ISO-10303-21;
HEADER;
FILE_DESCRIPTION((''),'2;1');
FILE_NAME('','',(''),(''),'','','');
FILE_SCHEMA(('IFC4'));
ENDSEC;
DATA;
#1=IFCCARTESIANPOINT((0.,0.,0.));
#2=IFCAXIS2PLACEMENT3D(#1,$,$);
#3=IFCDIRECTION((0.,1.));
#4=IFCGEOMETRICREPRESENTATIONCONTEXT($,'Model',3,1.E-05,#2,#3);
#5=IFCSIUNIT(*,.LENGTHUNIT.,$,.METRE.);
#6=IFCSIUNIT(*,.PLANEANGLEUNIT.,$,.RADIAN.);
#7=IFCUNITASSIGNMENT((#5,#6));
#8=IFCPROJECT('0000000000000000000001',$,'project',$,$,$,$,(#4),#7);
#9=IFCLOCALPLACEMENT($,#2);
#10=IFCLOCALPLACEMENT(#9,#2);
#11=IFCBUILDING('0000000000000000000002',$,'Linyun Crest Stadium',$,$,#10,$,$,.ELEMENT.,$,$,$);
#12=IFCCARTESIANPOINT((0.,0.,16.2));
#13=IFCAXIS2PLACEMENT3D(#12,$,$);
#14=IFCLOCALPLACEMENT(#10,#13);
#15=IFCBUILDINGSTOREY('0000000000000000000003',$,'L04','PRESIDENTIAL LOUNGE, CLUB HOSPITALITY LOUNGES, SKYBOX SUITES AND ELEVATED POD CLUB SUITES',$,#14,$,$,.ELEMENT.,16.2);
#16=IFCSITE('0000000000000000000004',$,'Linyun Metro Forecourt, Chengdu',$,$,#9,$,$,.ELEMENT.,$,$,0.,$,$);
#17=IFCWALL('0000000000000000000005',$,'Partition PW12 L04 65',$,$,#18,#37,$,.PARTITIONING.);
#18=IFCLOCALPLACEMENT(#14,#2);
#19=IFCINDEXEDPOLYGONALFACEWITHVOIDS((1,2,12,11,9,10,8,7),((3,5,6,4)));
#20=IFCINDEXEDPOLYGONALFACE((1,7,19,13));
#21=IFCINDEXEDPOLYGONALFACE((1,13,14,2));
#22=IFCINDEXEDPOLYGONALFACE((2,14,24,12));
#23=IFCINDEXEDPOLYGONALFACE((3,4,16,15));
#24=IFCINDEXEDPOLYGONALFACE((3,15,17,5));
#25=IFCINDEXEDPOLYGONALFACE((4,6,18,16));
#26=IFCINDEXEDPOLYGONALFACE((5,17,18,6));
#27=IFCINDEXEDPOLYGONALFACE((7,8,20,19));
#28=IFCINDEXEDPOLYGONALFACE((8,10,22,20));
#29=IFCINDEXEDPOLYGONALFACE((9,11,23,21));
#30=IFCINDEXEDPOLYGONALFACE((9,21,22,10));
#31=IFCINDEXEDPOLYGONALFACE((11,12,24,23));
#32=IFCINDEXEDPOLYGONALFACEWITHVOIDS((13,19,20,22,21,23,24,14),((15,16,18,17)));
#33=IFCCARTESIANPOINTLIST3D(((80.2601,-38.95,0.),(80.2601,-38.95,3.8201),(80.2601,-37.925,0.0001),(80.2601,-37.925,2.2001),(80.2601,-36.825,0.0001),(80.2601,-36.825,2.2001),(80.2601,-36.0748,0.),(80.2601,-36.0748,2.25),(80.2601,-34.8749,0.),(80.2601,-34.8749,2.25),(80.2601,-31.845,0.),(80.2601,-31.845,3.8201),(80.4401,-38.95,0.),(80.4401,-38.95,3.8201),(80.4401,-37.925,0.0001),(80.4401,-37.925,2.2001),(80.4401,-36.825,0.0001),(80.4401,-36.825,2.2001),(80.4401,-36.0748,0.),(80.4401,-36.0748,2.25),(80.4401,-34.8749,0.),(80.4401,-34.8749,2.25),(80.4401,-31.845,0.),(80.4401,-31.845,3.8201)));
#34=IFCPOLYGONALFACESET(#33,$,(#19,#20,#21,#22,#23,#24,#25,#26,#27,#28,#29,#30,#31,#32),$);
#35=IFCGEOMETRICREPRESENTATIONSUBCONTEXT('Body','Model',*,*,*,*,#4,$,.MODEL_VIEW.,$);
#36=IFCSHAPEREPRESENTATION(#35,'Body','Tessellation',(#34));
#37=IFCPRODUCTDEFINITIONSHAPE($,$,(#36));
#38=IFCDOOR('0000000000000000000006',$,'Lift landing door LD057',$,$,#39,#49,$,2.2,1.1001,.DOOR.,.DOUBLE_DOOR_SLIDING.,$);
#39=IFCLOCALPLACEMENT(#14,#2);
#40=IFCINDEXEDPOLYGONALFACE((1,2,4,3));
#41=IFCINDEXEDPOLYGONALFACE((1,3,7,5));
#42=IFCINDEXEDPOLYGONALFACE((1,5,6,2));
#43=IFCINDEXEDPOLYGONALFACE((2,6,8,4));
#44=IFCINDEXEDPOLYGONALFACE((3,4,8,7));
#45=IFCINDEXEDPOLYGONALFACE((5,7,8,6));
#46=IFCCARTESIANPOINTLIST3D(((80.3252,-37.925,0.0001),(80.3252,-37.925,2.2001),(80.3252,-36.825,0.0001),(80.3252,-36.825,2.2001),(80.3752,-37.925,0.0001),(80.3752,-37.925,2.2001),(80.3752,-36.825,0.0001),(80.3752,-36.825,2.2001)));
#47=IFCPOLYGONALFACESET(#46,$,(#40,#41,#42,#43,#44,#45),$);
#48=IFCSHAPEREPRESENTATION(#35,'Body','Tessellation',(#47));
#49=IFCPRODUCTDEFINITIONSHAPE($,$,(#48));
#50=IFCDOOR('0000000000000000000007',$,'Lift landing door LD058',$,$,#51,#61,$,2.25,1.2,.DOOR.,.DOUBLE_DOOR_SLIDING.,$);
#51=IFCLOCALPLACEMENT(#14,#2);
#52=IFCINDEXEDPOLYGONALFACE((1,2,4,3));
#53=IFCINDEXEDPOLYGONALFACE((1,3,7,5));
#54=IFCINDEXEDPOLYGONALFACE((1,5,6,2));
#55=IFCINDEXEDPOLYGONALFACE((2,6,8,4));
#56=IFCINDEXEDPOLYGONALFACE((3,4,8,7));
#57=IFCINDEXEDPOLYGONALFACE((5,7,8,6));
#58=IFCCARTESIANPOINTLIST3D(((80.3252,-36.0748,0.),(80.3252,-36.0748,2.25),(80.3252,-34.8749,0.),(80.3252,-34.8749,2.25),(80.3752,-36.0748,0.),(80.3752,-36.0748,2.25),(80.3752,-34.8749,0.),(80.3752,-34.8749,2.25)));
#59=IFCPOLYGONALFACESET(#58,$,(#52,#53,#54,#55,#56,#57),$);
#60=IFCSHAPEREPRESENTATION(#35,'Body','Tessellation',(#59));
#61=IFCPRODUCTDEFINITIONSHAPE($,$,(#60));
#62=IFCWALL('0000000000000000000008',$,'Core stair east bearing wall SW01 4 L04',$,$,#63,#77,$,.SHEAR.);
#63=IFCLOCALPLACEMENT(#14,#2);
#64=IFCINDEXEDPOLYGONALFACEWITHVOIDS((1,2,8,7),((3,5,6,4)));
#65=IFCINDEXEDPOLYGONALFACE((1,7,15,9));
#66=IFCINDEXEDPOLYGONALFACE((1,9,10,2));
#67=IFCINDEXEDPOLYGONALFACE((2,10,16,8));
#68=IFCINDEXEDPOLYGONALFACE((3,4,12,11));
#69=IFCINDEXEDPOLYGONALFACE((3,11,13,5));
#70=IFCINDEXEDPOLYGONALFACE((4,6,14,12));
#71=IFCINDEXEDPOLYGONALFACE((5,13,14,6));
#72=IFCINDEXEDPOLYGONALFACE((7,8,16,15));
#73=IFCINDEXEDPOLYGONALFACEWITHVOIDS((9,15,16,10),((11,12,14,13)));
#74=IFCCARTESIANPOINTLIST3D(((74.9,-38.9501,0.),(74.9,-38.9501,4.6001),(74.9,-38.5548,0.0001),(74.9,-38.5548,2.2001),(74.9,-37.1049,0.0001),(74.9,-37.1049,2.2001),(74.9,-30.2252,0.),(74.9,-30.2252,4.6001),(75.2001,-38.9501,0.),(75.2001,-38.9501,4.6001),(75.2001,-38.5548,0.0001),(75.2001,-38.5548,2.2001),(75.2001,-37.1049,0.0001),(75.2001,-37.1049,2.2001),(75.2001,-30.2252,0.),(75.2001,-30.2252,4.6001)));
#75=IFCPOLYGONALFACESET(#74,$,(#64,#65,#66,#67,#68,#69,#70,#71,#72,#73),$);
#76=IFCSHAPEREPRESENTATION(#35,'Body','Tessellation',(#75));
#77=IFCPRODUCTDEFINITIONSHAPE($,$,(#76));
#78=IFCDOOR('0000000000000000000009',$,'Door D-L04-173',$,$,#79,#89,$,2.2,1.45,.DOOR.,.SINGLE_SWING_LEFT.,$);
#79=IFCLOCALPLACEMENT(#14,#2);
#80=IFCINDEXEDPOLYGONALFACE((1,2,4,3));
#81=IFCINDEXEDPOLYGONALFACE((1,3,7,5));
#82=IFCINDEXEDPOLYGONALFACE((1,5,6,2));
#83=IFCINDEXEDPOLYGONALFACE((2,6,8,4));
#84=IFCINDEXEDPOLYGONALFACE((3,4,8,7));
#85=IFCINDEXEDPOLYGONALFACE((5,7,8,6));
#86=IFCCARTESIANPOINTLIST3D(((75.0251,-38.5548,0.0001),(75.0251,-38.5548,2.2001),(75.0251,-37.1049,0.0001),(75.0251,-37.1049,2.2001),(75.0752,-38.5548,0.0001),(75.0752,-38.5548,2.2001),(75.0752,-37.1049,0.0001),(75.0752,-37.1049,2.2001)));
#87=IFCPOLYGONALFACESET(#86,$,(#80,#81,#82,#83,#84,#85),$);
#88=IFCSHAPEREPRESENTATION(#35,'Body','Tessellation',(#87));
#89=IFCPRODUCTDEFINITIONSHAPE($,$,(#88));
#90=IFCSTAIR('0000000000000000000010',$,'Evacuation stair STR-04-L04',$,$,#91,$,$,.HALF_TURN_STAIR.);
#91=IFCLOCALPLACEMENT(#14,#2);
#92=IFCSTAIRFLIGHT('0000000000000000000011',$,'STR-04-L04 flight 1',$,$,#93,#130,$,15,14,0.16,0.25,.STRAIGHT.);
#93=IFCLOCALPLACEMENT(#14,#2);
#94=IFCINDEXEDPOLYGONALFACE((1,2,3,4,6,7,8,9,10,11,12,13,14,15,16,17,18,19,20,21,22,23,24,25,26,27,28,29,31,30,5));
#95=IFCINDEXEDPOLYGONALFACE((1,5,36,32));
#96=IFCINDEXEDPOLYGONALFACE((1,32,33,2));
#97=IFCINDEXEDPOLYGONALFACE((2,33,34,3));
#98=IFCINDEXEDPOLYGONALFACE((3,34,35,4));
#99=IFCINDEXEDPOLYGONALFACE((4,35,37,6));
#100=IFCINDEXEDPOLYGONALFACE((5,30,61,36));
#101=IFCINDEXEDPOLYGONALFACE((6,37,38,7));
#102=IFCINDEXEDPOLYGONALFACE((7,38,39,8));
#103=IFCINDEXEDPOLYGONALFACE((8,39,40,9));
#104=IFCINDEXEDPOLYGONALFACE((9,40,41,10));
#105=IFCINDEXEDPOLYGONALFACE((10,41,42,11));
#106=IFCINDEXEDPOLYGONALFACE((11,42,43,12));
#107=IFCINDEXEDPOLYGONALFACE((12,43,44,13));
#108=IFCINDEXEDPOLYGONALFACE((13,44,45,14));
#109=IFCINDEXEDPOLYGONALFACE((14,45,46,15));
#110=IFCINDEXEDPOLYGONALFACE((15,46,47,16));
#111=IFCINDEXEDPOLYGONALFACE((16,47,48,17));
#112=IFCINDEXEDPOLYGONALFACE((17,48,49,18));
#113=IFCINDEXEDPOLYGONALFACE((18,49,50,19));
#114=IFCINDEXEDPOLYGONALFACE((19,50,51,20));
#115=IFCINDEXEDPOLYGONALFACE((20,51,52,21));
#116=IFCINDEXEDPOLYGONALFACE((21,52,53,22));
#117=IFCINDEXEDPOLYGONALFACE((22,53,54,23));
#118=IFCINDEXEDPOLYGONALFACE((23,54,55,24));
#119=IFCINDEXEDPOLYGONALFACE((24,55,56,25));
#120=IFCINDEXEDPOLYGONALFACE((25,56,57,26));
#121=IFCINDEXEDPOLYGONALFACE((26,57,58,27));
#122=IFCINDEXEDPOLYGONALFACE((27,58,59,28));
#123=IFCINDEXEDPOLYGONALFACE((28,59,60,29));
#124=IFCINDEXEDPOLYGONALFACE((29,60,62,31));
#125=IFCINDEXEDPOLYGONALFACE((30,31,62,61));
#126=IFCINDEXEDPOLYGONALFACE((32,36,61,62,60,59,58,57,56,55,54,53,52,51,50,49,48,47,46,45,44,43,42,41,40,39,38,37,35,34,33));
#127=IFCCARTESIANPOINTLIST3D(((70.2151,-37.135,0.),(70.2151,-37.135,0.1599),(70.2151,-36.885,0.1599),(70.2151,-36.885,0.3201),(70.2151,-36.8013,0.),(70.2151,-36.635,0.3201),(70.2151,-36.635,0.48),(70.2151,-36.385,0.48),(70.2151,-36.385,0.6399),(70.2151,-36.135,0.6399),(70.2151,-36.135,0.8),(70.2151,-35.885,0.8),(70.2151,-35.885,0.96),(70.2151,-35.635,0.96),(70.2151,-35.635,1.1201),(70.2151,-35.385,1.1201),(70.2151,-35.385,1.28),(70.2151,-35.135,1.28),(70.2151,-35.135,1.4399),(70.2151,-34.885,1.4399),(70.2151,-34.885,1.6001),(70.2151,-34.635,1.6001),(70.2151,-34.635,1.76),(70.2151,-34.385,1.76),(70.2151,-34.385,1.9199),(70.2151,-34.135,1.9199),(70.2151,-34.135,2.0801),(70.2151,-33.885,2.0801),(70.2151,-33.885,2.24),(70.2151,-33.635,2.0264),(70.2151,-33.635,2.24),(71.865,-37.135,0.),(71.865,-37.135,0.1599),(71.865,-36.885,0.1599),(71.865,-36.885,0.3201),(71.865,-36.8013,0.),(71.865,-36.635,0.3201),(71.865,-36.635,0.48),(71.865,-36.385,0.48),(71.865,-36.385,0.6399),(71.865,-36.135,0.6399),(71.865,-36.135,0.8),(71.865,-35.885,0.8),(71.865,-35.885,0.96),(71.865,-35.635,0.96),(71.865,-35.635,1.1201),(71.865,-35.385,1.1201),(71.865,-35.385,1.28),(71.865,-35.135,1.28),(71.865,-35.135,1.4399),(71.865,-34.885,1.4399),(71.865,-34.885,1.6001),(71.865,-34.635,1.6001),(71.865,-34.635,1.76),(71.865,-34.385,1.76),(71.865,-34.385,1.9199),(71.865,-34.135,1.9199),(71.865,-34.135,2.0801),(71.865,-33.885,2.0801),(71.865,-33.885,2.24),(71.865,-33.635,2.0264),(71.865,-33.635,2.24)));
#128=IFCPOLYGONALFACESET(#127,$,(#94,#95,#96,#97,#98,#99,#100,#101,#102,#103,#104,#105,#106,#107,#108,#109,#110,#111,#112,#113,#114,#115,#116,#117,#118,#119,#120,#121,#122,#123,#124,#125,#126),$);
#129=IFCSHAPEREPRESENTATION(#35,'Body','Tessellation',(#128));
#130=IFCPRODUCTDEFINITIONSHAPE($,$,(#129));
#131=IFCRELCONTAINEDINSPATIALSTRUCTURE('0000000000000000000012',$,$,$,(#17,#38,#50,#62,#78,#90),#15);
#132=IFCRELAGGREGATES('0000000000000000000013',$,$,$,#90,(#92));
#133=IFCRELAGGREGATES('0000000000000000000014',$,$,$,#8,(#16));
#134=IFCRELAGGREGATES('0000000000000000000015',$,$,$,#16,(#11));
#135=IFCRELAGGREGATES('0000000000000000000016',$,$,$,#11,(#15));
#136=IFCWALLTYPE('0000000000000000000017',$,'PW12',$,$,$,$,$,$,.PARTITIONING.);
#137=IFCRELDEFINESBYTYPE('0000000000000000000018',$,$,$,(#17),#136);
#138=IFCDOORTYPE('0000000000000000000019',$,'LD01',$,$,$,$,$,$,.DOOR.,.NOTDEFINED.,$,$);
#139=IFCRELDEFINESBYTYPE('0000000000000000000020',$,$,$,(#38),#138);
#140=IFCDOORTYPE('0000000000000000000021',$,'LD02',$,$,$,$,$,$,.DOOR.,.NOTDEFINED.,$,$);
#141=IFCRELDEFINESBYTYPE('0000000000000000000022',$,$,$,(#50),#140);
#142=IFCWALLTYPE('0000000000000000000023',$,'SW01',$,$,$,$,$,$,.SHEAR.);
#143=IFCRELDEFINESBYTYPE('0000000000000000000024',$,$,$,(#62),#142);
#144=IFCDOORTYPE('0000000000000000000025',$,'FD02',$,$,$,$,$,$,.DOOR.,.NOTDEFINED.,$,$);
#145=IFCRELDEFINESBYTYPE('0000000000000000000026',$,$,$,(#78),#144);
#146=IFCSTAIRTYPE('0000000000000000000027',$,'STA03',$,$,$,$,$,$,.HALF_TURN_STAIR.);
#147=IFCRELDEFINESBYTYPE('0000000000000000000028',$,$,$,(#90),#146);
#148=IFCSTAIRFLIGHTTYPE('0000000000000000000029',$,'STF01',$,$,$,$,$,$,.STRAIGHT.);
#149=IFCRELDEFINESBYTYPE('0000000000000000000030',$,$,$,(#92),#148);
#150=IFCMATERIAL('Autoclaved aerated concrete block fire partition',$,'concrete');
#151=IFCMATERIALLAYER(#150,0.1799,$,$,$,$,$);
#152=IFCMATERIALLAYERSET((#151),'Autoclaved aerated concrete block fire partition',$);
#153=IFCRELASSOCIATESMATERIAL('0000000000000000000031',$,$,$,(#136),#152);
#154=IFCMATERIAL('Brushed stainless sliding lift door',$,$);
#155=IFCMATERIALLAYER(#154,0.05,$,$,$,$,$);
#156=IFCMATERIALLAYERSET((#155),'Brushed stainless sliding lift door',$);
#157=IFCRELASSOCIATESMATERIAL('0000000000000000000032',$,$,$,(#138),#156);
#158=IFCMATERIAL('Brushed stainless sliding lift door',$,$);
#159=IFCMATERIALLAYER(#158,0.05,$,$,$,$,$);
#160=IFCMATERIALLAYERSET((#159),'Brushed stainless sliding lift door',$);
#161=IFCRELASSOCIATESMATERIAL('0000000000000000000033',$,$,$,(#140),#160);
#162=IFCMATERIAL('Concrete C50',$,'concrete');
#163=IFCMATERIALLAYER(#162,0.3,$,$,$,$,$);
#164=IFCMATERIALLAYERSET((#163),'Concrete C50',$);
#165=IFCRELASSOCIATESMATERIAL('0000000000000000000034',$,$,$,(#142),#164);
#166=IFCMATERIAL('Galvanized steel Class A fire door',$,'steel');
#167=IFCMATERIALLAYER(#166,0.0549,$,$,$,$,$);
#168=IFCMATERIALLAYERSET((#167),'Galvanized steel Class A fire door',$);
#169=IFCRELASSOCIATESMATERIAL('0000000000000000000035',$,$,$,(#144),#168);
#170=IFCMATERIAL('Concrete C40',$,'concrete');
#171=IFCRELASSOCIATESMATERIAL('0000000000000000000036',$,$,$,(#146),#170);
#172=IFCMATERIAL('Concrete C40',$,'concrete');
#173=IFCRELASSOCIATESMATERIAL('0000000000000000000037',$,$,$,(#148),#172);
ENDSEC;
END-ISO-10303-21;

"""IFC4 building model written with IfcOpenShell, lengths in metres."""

from ifc_helpers import new_model, si_unit, direction, frame, frame_2d, origin, place, context, subcontext, project, spatial, polyline, rectangle, outline, extrude, material, layer, layer_set, type_object, element, fill, aggregate, save


model = new_model("IFC4")

# Units and contexts
model_context = context("Model", 3, precision=1e-05, world=origin(), true_north=direction((0.0, 1.0)))
body_context = subcontext(model_context, "Body", "Model", "MODEL_VIEW")
ifc_project = project(units=[si_unit("LENGTHUNIT", "METRE"), si_unit("PLANEANGLEUNIT", "RADIAN")], contexts=[model_context])

# Site, building, storey
site_placement = place(None, origin())
site = spatial("IfcSite", under=ifc_project, at=site_placement, Name="Linyun Metro Forecourt, Chengdu", CompositionType="ELEMENT", RefElevation=0.0)
building_placement = place(site_placement, origin())
building = spatial("IfcBuilding", under=site, at=building_placement, Name="Linyun Crest Stadium", CompositionType="ELEMENT")
storey_placement = place(building_placement, frame((0.0, 0.0, 16.2)))
storey = spatial("IfcBuildingStorey", under=building, at=storey_placement, Name="L04", Description="PRESIDENTIAL LOUNGE, CLUB HOSPITALITY LOUNGES, SKYBOX SUITES AND ELEVATED POD CLUB SUITES", CompositionType="ELEMENT", Elevation=16.2)

# Wall, openings, doors
ifc_material_1 = material(Name="Autoclaved aerated concrete block fire partition", Category="concrete")
ifc_layer_1 = layer(ifc_material_1, 0.1799)
ifc_layer_set_1 = layer_set([ifc_layer_1], Name="Autoclaved aerated concrete block fire partition")
wall_type_1 = type_object("IfcWallType", Name="PW12", PredefinedType="PARTITIONING", material=ifc_layer_set_1)
wall_1_placement = place(storey_placement, frame((80.3501, -38.95, 0.0), z_axis=(0.0, 0.0, 1.0), x_axis=(0.0, 1.0, 0.0)))
wall_1 = element("IfcWall", 1, at=wall_1_placement, inside=storey, type_object=wall_type_1, Name="Partition PW12 L04 65", PredefinedType="PARTITIONING", context=body_context, shape_type="SweptSolid", body=[
    extrude(rectangle(XDim=7.105, YDim=0.1799, at=frame_2d((3.5525, 0.0))), origin(), (0.0, 0.0, 1.0), 3.8201),
])
opening_1_placement = place(wall_1_placement, frame((1.0249, 0.0, 0.0)))
opening_1 = element("IfcOpeningElement", 2, at=opening_1_placement, cuts=wall_1, PredefinedType="OPENING", context=body_context, shape_type="SweptSolid", body=[
    extrude(rectangle(XDim=1.1001, YDim=2.2, at=frame_2d((0.55, 1.1001))), frame((0.0, 0.0999, 0.0), z_axis=(0.0, -1.0, 0.0), x_axis=(1.0, 0.0, 0.0)), (0.0, 0.0, 1.0), 0.2),
])
opening_2_placement = place(wall_1_placement, frame((2.875, 0.0, 0.0)))
opening_2 = element("IfcOpeningElement", 3, at=opening_2_placement, cuts=wall_1, PredefinedType="OPENING", context=body_context, shape_type="SweptSolid", body=[
    extrude(rectangle(XDim=1.2, YDim=2.25, at=frame_2d((0.6001, 1.125))), frame((0.0, 0.0999, 0.0), z_axis=(0.0, -1.0, 0.0), x_axis=(1.0, 0.0, 0.0)), (0.0, 0.0, 1.0), 0.2),
])
ifc_material_2 = material(Name="Brushed stainless sliding lift door")
ifc_layer_2 = layer(ifc_material_2, 0.05)
ifc_layer_set_2 = layer_set([ifc_layer_2], Name="Brushed stainless sliding lift door")
door_type_1 = type_object("IfcDoorType", Name="LD01", OperationType="NOTDEFINED", PredefinedType="DOOR", material=ifc_layer_set_2)
door_1_placement = place(opening_1_placement, origin())
door_1 = element("IfcDoor", 4, at=door_1_placement, inside=storey, type_object=door_type_1, Name="Lift landing door LD057", OperationType="DOUBLE_DOOR_SLIDING", OverallHeight=2.2, OverallWidth=1.1001, PredefinedType="DOOR", context=body_context, shape_type="SweptSolid", body=[
    extrude(rectangle(XDim=1.1001, YDim=2.2, at=frame_2d((0.55, 1.1001))), frame((0.0, 0.0249, 0.0), z_axis=(0.0, -1.0, 0.0), x_axis=(1.0, 0.0, 0.0)), (0.0, 0.0, 1.0), 0.05),
])
fill(opening_1, door_1)
ifc_material_3 = material(Name="Brushed stainless sliding lift door")
ifc_layer_3 = layer(ifc_material_3, 0.05)
ifc_layer_set_3 = layer_set([ifc_layer_3], Name="Brushed stainless sliding lift door")
door_type_2 = type_object("IfcDoorType", Name="LD02", OperationType="NOTDEFINED", PredefinedType="DOOR", material=ifc_layer_set_3)
door_2_placement = place(opening_2_placement, origin())
door_2 = element("IfcDoor", 5, at=door_2_placement, inside=storey, type_object=door_type_2, Name="Lift landing door LD058", OperationType="DOUBLE_DOOR_SLIDING", OverallHeight=2.25, OverallWidth=1.2, PredefinedType="DOOR", context=body_context, shape_type="SweptSolid", body=[
    extrude(rectangle(XDim=1.2, YDim=2.25, at=frame_2d((0.6001, 1.125))), frame((0.0, 0.0249, 0.0), z_axis=(0.0, -1.0, 0.0), x_axis=(1.0, 0.0, 0.0)), (0.0, 0.0, 1.0), 0.05),
])
fill(opening_2, door_2)

# Wall, opening, door
ifc_material_4 = material(Name="Concrete C50", Category="concrete")
ifc_layer_4 = layer(ifc_material_4, 0.3)
ifc_layer_set_4 = layer_set([ifc_layer_4], Name="Concrete C50")
wall_type_2 = type_object("IfcWallType", Name="SW01", PredefinedType="SHEAR", material=ifc_layer_set_4)
wall_2_placement = place(storey_placement, frame((75.05, -38.95, 0.0), z_axis=(0.0, 0.0, 1.0), x_axis=(0.0, 1.0, 0.0)))
wall_2 = element("IfcWall", 6, at=wall_2_placement, inside=storey, type_object=wall_type_2, Name="Core stair east bearing wall SW01 4 L04", PredefinedType="SHEAR", context=body_context, shape_type="SweptSolid", body=[
    extrude(rectangle(XDim=8.7249, YDim=0.3, at=frame_2d((4.3623, 0.0))), origin(), (0.0, 0.0, 1.0), 4.6001),
])
opening_3_placement = place(wall_2_placement, frame((0.395, 0.0, 0.0)))
opening_3 = element("IfcOpeningElement", 7, at=opening_3_placement, cuts=wall_2, PredefinedType="OPENING", context=body_context, shape_type="SweptSolid", body=[
    extrude(rectangle(XDim=1.45, YDim=2.2, at=frame_2d((0.7251, 1.1001))), frame((0.0, 0.1599, 0.0), z_axis=(0.0, -1.0, 0.0), x_axis=(1.0, 0.0, 0.0)), (0.0, 0.0, 1.0), 0.3201),
])
ifc_material_5 = material(Name="Galvanized steel Class A fire door", Category="steel")
ifc_layer_5 = layer(ifc_material_5, 0.0549)
ifc_layer_set_5 = layer_set([ifc_layer_5], Name="Galvanized steel Class A fire door")
door_type_3 = type_object("IfcDoorType", Name="FD02", OperationType="NOTDEFINED", PredefinedType="DOOR", material=ifc_layer_set_5)
door_3_placement = place(opening_3_placement, origin())
door_3 = element("IfcDoor", 8, at=door_3_placement, inside=storey, type_object=door_type_3, Name="Door D-L04-173", OperationType="SINGLE_SWING_LEFT", OverallHeight=2.2, OverallWidth=1.45, PredefinedType="DOOR", context=body_context, shape_type="SweptSolid", body=[
    extrude(rectangle(XDim=1.45, YDim=2.2, at=frame_2d((0.7251, 1.1001))), frame((0.0, 0.0249, 0.0), z_axis=(0.0, -1.0, 0.0), x_axis=(1.0, 0.0, 0.0)), (0.0, 0.0, 1.0), 0.05),
])
fill(opening_3, door_3)

# Stair, stair flight
ifc_material_6 = material(Name="Concrete C40", Category="concrete")
stair_type = type_object("IfcStairType", Name="STA03", PredefinedType="HALF_TURN_STAIR", material=ifc_material_6)
stair_placement = place(storey_placement, origin())
stair = element("IfcStair", 9, at=stair_placement, inside=storey, type_object=stair_type, Name="Evacuation stair STR-04-L04", PredefinedType="HALF_TURN_STAIR")
ifc_material_7 = material(Name="Concrete C40", Category="concrete")
stair_flight_type = type_object("IfcStairFlightType", Name="STF01", PredefinedType="STRAIGHT", material=ifc_material_7)
stair_flight_1_placement = place(storey_placement, frame((71.04, -37.135, 0.0), z_axis=(0.0, 0.0, 1.0), x_axis=(0.0, 1.0, 0.0)))
stair_flight_1 = element("IfcStairFlight", 10, at=stair_flight_1_placement, type_object=stair_flight_type, Name="STR-04-L04 flight 1", NumberOfRisers=15, NumberOfTreads=14, PredefinedType="STRAIGHT", RiserHeight=0.16, TreadLength=0.25, context=body_context, shape_type="SweptSolid", body=[
    extrude(outline(polyline([(0.0, 0.0), (0.0, 0.1599), (0.25, 0.1599), (0.25, 0.3201), (0.5, 0.3201), (0.5, 0.48), (0.75, 0.48), (0.75, 0.6399), (1.0, 0.6399), (1.0, 0.8), (1.25, 0.8), (1.25, 0.96), (1.5, 0.96), (1.5, 1.1201), (1.75, 1.1201), (1.75, 1.28), (2.0, 1.28), (2.0, 1.4399), (2.25, 1.4399), (2.25, 1.6001), (2.5, 1.6001), (2.5, 1.76), (2.75, 1.76), (2.75, 1.9199), (3.0, 1.9199), (3.0, 2.0801), (3.25, 2.0801), (3.25, 2.24), (3.5, 2.24), (3.5, 2.3999), (3.5, 2.0264), (0.3337, 0.0), (0.0, 0.0)])), frame((0.0, 0.825, 0.0), z_axis=(0.0, -1.0, 0.0), x_axis=(1.0, 0.0, 0.0)), (0.0, 0.0, 1.0), 1.6499),
])
aggregate(stair, [stair_flight_1])

save(model, "model.ifc")
